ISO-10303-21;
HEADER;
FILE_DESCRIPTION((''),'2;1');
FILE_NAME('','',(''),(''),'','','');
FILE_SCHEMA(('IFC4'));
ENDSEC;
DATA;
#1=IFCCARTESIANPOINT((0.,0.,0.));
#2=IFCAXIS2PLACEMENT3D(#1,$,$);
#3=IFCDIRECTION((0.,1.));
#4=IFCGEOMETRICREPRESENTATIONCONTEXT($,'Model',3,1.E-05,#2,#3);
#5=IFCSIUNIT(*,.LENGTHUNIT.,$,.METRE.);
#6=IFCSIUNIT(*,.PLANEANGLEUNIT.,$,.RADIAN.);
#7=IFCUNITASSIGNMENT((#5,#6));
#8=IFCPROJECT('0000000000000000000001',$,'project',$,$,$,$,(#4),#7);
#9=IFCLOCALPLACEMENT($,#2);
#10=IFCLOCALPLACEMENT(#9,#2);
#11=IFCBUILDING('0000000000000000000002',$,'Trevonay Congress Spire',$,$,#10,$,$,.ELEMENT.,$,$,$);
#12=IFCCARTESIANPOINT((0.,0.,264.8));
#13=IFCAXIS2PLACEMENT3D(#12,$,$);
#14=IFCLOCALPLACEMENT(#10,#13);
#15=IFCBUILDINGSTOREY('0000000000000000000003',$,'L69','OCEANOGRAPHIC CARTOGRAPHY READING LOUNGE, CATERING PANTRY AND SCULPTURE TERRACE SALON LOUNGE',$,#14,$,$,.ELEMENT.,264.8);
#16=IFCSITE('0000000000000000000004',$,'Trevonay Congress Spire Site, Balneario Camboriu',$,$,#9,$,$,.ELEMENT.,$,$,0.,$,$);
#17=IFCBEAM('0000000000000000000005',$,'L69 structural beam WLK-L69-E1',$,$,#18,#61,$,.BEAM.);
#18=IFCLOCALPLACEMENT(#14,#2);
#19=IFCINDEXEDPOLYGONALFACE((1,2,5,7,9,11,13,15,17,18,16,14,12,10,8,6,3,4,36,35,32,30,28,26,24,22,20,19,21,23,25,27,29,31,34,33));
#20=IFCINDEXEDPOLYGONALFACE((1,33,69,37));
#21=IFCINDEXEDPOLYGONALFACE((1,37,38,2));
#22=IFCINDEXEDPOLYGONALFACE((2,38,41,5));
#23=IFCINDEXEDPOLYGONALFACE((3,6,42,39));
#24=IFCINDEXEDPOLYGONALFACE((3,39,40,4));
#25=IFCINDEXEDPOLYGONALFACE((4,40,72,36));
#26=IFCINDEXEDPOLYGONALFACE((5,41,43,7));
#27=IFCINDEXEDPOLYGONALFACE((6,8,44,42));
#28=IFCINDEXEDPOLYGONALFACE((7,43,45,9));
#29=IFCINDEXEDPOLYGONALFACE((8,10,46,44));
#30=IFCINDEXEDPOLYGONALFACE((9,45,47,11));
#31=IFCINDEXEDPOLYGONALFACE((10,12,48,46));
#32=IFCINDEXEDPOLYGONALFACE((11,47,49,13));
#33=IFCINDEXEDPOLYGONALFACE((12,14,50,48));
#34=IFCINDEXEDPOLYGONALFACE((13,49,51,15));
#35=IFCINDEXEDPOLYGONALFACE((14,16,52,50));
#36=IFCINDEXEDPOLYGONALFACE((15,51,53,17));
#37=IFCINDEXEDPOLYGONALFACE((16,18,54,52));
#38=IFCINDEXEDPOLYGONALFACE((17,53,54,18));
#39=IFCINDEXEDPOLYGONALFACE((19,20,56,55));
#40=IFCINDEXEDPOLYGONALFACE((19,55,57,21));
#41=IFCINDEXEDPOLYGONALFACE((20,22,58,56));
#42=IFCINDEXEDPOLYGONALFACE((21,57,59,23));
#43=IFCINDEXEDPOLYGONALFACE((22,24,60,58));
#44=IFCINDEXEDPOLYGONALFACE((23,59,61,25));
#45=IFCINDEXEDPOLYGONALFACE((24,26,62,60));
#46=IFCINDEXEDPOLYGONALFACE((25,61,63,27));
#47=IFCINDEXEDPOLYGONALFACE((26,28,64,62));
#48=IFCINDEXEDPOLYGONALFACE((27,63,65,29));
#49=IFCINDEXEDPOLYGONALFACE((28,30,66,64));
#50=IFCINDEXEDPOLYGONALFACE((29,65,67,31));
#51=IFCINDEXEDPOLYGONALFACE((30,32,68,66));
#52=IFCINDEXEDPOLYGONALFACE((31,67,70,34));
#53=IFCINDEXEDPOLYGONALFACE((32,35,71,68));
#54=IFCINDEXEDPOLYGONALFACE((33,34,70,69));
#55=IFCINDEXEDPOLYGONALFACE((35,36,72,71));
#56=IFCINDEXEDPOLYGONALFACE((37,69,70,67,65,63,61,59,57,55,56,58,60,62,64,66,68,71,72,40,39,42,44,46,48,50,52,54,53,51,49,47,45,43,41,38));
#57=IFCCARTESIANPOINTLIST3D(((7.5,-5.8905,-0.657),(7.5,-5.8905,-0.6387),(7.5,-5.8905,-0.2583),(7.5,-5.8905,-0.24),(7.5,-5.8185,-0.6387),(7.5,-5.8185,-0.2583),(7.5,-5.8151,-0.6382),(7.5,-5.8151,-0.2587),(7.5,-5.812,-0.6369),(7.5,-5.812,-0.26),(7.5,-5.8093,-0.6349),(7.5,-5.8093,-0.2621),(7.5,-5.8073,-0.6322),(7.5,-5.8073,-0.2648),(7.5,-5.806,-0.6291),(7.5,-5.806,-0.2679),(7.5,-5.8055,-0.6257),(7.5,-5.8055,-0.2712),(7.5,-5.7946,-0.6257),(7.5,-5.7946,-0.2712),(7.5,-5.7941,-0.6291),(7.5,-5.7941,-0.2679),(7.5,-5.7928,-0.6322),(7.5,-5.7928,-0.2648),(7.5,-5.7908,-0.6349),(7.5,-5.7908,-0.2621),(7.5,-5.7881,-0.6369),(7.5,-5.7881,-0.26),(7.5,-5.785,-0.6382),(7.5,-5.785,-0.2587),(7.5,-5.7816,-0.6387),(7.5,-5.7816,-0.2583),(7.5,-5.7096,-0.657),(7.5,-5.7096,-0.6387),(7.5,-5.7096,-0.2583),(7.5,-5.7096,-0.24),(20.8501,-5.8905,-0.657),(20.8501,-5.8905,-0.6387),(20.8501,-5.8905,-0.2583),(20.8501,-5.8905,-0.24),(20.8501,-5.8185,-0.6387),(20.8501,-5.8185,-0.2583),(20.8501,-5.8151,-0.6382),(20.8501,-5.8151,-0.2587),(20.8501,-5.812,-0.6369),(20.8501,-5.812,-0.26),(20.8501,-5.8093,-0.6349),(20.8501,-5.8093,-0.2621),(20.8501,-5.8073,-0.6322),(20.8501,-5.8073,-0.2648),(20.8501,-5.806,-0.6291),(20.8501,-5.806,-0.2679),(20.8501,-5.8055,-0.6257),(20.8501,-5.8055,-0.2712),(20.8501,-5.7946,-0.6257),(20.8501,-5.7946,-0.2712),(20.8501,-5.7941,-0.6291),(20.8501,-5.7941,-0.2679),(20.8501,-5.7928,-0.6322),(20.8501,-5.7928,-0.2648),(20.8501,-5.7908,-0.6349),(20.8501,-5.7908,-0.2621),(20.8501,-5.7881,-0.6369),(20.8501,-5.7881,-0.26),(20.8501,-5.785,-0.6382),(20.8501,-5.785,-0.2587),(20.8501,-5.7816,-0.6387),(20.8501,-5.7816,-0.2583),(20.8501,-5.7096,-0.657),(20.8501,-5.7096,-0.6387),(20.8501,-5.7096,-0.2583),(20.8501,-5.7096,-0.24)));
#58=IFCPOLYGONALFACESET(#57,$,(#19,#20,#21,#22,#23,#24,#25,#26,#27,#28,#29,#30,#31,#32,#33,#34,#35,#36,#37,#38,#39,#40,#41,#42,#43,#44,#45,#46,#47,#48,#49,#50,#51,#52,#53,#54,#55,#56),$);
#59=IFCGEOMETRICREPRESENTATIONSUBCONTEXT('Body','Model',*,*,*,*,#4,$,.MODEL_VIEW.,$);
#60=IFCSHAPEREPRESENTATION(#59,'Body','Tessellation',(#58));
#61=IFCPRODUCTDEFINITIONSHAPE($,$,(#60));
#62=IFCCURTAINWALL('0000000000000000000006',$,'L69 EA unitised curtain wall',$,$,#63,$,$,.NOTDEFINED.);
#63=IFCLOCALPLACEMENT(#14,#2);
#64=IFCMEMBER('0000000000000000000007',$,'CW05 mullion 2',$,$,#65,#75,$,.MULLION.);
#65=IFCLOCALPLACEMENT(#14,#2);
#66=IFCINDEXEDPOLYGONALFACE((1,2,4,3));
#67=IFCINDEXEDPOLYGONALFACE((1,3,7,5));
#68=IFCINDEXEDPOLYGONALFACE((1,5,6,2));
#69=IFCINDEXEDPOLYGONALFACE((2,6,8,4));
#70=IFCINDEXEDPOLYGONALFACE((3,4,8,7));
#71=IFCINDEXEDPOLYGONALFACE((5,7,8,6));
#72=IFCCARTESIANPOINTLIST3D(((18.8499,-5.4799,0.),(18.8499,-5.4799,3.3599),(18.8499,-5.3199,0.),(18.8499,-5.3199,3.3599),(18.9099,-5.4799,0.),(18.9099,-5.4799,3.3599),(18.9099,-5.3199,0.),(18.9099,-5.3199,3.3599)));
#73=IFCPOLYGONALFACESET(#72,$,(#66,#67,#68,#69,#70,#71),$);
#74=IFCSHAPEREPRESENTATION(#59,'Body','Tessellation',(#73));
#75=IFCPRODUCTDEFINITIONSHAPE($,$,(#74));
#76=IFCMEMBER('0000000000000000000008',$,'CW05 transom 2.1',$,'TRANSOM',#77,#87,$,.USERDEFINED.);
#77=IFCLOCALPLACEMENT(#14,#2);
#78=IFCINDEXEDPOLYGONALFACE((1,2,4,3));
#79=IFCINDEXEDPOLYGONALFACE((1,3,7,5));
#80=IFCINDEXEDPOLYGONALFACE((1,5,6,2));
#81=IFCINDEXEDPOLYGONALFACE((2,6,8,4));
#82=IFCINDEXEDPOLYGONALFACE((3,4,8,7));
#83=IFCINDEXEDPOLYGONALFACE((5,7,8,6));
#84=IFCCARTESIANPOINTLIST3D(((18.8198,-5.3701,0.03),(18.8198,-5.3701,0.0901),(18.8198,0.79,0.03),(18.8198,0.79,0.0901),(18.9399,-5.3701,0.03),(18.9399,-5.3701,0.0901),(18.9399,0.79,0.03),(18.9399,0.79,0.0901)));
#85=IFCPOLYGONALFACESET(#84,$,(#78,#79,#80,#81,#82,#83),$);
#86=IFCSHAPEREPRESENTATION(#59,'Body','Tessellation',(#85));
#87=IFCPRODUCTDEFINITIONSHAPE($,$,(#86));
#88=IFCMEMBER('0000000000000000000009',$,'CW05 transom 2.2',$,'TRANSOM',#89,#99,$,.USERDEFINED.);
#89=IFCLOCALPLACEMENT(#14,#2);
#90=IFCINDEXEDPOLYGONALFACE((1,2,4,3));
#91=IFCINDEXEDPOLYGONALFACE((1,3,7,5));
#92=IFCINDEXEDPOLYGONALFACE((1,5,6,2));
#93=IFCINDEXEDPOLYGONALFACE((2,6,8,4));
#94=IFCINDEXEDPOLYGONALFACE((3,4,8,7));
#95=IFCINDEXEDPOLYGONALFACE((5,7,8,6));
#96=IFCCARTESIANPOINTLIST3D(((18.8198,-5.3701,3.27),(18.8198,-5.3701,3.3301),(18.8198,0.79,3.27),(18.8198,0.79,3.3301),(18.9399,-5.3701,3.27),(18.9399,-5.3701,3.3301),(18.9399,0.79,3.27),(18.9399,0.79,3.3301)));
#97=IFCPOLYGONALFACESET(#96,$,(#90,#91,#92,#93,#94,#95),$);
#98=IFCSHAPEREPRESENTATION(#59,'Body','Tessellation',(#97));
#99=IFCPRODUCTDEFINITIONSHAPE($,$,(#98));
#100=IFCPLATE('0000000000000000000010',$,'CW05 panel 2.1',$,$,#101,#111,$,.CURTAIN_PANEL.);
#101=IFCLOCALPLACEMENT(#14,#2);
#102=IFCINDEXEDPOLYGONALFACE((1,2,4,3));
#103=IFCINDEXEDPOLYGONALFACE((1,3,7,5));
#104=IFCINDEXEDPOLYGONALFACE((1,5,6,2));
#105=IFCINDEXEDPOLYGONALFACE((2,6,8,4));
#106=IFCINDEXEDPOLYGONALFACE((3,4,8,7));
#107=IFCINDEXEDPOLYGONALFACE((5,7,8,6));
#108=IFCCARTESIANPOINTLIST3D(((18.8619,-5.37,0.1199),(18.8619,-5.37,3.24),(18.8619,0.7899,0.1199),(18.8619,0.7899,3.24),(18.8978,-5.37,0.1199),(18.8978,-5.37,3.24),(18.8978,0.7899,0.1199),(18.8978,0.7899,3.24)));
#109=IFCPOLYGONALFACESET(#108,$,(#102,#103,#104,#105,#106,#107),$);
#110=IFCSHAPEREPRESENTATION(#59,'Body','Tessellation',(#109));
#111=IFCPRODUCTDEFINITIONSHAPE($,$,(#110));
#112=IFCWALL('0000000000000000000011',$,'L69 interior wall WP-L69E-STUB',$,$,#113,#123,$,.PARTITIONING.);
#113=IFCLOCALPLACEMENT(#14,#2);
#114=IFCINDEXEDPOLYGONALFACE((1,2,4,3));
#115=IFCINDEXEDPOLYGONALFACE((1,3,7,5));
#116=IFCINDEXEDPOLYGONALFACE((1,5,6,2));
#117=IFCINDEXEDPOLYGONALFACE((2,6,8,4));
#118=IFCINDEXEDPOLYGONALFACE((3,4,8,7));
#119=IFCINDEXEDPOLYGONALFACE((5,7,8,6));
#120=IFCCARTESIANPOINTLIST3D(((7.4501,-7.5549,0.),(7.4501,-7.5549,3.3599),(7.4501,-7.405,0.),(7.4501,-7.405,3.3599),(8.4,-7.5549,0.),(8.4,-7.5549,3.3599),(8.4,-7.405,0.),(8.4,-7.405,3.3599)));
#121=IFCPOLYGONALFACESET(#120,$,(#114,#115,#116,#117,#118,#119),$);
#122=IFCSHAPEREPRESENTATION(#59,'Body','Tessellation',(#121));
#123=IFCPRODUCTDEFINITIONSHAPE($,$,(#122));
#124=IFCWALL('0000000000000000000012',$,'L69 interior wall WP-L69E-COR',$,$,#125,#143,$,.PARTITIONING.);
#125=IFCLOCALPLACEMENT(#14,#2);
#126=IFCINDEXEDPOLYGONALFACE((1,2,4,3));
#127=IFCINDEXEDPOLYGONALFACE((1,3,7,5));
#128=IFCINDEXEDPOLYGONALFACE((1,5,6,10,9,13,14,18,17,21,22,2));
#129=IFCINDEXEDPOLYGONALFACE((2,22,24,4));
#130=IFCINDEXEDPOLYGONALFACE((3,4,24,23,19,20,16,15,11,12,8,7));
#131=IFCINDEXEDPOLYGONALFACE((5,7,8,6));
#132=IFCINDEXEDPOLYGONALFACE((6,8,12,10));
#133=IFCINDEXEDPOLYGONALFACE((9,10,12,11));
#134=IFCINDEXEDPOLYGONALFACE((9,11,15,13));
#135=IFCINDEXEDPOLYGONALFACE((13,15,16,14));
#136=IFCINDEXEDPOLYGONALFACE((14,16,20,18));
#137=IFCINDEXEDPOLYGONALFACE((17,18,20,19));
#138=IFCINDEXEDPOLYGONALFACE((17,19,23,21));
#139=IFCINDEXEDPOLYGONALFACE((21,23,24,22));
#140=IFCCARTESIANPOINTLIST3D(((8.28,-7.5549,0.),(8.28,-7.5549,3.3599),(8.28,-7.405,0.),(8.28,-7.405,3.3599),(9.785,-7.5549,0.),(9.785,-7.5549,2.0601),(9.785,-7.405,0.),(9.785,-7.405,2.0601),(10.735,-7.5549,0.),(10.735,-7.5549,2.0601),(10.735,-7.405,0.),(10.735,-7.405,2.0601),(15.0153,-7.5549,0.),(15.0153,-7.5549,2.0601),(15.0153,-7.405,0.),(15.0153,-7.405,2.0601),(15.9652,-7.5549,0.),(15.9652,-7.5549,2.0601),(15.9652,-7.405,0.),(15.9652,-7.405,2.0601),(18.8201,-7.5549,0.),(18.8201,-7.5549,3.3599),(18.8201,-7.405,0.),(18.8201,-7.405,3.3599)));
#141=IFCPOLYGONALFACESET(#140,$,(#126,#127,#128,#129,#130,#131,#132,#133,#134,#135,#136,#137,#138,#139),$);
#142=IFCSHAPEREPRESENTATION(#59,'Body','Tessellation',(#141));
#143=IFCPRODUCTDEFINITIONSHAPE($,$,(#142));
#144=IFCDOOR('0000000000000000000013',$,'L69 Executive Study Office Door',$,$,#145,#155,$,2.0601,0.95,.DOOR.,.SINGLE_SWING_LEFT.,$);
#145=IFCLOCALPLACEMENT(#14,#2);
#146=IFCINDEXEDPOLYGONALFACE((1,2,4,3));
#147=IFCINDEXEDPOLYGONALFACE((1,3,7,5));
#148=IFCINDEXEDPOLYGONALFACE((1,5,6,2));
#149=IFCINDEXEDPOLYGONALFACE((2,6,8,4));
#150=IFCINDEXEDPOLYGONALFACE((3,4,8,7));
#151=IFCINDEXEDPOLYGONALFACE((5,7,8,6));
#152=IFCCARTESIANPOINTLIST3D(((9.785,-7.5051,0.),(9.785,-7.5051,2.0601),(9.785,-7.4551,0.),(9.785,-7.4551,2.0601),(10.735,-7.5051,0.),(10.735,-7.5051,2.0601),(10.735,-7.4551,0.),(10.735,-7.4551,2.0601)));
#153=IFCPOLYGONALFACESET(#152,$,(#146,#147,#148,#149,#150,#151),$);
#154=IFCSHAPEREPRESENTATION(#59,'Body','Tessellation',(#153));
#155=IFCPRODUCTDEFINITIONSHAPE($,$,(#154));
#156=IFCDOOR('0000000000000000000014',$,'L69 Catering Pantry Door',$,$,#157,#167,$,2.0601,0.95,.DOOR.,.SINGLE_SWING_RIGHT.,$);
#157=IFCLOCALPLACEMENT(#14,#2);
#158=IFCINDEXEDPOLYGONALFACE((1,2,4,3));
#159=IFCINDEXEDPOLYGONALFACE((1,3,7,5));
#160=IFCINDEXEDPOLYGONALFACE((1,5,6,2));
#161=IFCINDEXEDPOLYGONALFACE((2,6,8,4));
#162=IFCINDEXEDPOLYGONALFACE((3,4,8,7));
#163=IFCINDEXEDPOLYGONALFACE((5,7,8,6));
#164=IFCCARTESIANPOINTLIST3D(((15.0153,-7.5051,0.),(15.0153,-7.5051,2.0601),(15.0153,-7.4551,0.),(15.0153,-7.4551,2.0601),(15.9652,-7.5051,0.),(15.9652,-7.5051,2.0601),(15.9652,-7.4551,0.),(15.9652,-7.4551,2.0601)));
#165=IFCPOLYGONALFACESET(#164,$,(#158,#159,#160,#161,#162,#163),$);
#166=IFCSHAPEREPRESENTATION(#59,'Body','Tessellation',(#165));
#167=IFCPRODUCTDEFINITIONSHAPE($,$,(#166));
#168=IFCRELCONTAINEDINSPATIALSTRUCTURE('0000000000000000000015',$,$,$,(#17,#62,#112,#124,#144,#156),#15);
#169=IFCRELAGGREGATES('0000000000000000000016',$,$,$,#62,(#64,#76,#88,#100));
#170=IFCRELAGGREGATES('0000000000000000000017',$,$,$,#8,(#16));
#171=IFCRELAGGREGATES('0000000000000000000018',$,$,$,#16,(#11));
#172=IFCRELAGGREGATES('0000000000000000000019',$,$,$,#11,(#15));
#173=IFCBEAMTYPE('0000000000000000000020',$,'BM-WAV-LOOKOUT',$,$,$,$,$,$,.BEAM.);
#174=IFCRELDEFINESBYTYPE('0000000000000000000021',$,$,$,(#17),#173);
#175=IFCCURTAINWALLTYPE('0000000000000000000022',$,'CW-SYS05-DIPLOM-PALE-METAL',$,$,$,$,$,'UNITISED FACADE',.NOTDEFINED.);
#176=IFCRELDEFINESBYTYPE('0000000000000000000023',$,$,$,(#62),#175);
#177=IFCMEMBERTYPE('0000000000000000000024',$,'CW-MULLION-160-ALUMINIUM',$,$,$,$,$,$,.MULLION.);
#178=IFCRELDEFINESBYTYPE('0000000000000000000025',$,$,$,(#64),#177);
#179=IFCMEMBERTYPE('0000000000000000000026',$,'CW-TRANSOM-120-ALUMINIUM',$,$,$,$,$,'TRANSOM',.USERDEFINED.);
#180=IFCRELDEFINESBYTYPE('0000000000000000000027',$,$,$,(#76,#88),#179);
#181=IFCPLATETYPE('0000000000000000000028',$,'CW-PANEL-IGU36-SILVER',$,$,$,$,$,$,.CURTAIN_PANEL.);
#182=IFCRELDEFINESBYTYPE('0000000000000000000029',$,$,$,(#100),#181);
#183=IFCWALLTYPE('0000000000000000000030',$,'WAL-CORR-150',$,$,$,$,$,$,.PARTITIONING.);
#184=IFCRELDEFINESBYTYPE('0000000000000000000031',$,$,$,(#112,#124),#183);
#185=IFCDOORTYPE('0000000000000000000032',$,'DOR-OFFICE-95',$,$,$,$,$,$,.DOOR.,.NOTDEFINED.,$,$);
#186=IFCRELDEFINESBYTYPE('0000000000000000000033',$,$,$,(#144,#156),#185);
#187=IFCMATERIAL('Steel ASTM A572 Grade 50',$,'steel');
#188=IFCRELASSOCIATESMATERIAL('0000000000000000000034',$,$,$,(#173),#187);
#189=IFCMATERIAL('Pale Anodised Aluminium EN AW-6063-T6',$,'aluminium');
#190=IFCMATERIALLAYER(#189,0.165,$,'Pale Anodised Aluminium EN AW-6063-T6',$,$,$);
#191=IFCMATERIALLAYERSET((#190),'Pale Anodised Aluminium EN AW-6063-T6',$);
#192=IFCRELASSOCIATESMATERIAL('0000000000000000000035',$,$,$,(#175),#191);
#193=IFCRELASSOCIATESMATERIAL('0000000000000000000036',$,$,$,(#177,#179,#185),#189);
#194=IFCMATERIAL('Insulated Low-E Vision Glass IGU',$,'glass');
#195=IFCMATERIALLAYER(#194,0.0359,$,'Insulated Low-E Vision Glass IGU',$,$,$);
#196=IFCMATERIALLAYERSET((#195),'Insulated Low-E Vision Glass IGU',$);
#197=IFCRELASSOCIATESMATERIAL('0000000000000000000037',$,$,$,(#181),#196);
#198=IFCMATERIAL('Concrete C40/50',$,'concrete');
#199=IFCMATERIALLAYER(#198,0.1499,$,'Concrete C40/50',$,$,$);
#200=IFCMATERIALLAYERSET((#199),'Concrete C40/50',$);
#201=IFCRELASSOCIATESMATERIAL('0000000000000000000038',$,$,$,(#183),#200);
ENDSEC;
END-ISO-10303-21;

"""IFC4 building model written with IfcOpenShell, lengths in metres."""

from ifc_helpers import new_model, si_unit, direction, frame, frame_2d, origin, origin_2d, place, context, subcontext, project, spatial, rectangle, i_section, extrude, material, layer, layer_set, material_profile, profile_set, type_object, element, fill, aggregate, save


model = new_model("IFC4")

# Units and contexts
model_context = context("Model", 3, precision=1e-05, world=origin(), true_north=direction((0.0, 1.0)))
body_context = subcontext(model_context, "Body", "Model", "MODEL_VIEW")
ifc_project = project(units=[si_unit("LENGTHUNIT", "METRE"), si_unit("PLANEANGLEUNIT", "RADIAN")], contexts=[model_context])

# Site, building, storey
site_placement = place(None, origin())
site = spatial("IfcSite", under=ifc_project, at=site_placement, Name="Trevonay Congress Spire Site, Balneario Camboriu", CompositionType="ELEMENT", RefElevation=0.0)
building_placement = place(site_placement, origin())
building = spatial("IfcBuilding", under=site, at=building_placement, Name="Trevonay Congress Spire", CompositionType="ELEMENT")
storey_placement = place(building_placement, frame((0.0, 0.0, 264.8)))
storey = spatial("IfcBuildingStorey", under=building, at=storey_placement, Name="L69", Description="OCEANOGRAPHIC CARTOGRAPHY READING LOUNGE, CATERING PANTRY AND SCULPTURE TERRACE SALON LOUNGE", CompositionType="ELEMENT", Elevation=264.8)

# Shared definitions
ifc_material_1 = material(Name="Steel ASTM A572 Grade 50", Category="steel")

# Beam
ifc_material_profile_1 = material_profile(ifc_material_1, i_section(OverallWidth=0.1809, OverallDepth=0.417, WebThickness=0.011, FlangeThickness=0.0183, FilletRadius=0.0129, at=origin_2d()), Name="W410x85")
ifc_profile_set_1 = profile_set([ifc_material_profile_1], Name="Steel ASTM A572 Grade 50")
beam_type_1 = type_object("IfcBeamType", Name="BM-WAV-LOOKOUT", PredefinedType="BEAM", material=ifc_profile_set_1)
beam_1_placement = place(storey_placement, frame((7.5, -5.8, -0.4485), z_axis=(1.0, 0.0, 0.0), x_axis=(0.0, 1.0, 0.0)))
element("IfcBeam", 1, at=beam_1_placement, inside=storey, type_object=beam_type_1, Name="L69 structural beam WLK-L69-E1", PredefinedType="BEAM", context=body_context, shape_type="SweptSolid", body=[
    extrude(i_section(OverallWidth=0.1809, OverallDepth=0.417, WebThickness=0.011, FlangeThickness=0.0183, FilletRadius=0.0129, at=origin_2d()), origin(), (0.0, 0.0, 1.0), 13.3501),
])

# Curtain wall, members, plate
ifc_material_2 = material(Name="Pale Anodised Aluminium EN AW-6063-T6", Category="aluminium")
ifc_layer_1 = layer(ifc_material_2, 0.165, Name="Pale Anodised Aluminium EN AW-6063-T6")
ifc_layer_set_1 = layer_set([ifc_layer_1], Name="Pale Anodised Aluminium EN AW-6063-T6")
curtain_wall_type = type_object("IfcCurtainWallType", Name="CW-SYS05-DIPLOM-PALE-METAL", ElementType="UNITISED FACADE", PredefinedType="NOTDEFINED", material=ifc_layer_set_1)
curtain_wall_placement = place(storey_placement, origin())
curtain_wall = element("IfcCurtainWall", 2, at=curtain_wall_placement, inside=storey, type_object=curtain_wall_type, Name="L69 EA unitised curtain wall", PredefinedType="NOTDEFINED")
ifc_material_profile_2 = material_profile(ifc_material_2, rectangle(XDim=0.0601, YDim=0.1599, at=origin_2d()), Name="CW-MULLION-160-ALUMINIUM")
ifc_profile_set_2 = profile_set([ifc_material_profile_2], Name="Pale Anodised Aluminium EN AW-6063-T6")
member_type_1 = type_object("IfcMemberType", Name="CW-MULLION-160-ALUMINIUM", PredefinedType="MULLION", material=ifc_profile_set_2)
member_1_placement = place(storey_placement, frame((18.8799, -5.3999, 0.0), z_axis=(0.0, 0.0, 1.0), x_axis=(-1.0, 0.0, 0.0)))
member_1 = element("IfcMember", 3, at=member_1_placement, type_object=member_type_1, Name="CW05 mullion 2", PredefinedType="MULLION", context=body_context, shape_type="SweptSolid", body=[
    extrude(rectangle(XDim=0.0601, YDim=0.1599, at=origin_2d()), origin(), (0.0, 0.0, 1.0), 3.3599),
])
ifc_material_profile_3 = material_profile(ifc_material_2, rectangle(XDim=0.1201, YDim=0.0601, at=origin_2d()), Name="CW-TRANSOM-120-ALUMINIUM")
ifc_profile_set_3 = profile_set([ifc_material_profile_3], Name="Pale Anodised Aluminium EN AW-6063-T6")
member_type_2 = type_object("IfcMemberType", Name="CW-TRANSOM-120-ALUMINIUM", ElementType="TRANSOM", PredefinedType="USERDEFINED", material=ifc_profile_set_3)
member_2_placement = place(storey_placement, frame((18.8799, -5.3701, 0.0601), z_axis=(0.0, 1.0, 0.0), x_axis=(-1.0, 0.0, 0.0)))
member_2 = element("IfcMember", 4, at=member_2_placement, type_object=member_type_2, Name="CW05 transom 2.1", ObjectType="TRANSOM", PredefinedType="USERDEFINED", context=body_context, shape_type="SweptSolid", body=[
    extrude(rectangle(XDim=0.1201, YDim=0.0601, at=origin_2d()), origin(), (0.0, 0.0, 1.0), 6.1602),
])
member_3_placement = place(storey_placement, frame((18.8799, -5.3701, 3.3), z_axis=(0.0, 1.0, 0.0), x_axis=(-1.0, 0.0, 0.0)))
member_3 = element("IfcMember", 5, at=member_3_placement, type_object=member_type_2, Name="CW05 transom 2.2", ObjectType="TRANSOM", PredefinedType="USERDEFINED", context=body_context, shape_type="SweptSolid", body=[
    extrude(rectangle(XDim=0.1201, YDim=0.0601, at=origin_2d()), origin(), (0.0, 0.0, 1.0), 6.1602),
])
ifc_material_3 = material(Name="Insulated Low-E Vision Glass IGU", Category="glass")
ifc_layer_2 = layer(ifc_material_3, 0.0359, Name="Insulated Low-E Vision Glass IGU")
ifc_layer_set_2 = layer_set([ifc_layer_2], Name="Insulated Low-E Vision Glass IGU")
plate_type = type_object("IfcPlateType", Name="CW-PANEL-IGU36-SILVER", PredefinedType="CURTAIN_PANEL", material=ifc_layer_set_2)
plate_placement = place(storey_placement, frame((18.8799, -2.29, 0.1199), z_axis=(0.0, 0.0, 1.0), x_axis=(0.0, 1.0, 0.0)))
plate = element("IfcPlate", 6, at=plate_placement, type_object=plate_type, Name="CW05 panel 2.1", PredefinedType="CURTAIN_PANEL", context=body_context, shape_type="SweptSolid", body=[
    extrude(rectangle(XDim=6.1599, YDim=0.0359, at=origin_2d()), origin(), (0.0, 0.0, 1.0), 3.1201),
])
aggregate(curtain_wall, [member_1, member_2, member_3, plate])

# Wall
ifc_material_4 = material(Name="Concrete C40/50", Category="concrete")
ifc_layer_3 = layer(ifc_material_4, 0.1499, Name="Concrete C40/50")
ifc_layer_set_3 = layer_set([ifc_layer_3], Name="Concrete C40/50")
wall_type_1 = type_object("IfcWallType", Name="WAL-CORR-150", PredefinedType="PARTITIONING", material=ifc_layer_set_3)
wall_1_placement = place(storey_placement, frame((7.45, -7.48, 0.0), z_axis=(0.0, 0.0, 1.0), x_axis=(1.0, 0.0, 0.0)))
element("IfcWall", 7, at=wall_1_placement, inside=storey, type_object=wall_type_1, Name="L69 interior wall WP-L69E-STUB", PredefinedType="PARTITIONING", context=body_context, shape_type="SweptSolid", body=[
    extrude(rectangle(XDim=0.95, YDim=0.1499, at=frame_2d((0.4751, 0.0))), origin(), (0.0, 0.0, 1.0), 3.3599),
])

# Wall, openings, doors
wall_2_placement = place(storey_placement, frame((8.28, -7.48, 0.0), z_axis=(0.0, 0.0, 1.0), x_axis=(1.0, 0.0, 0.0)))
wall_2 = element("IfcWall", 8, at=wall_2_placement, inside=storey, type_object=wall_type_1, Name="L69 interior wall WP-L69E-COR", PredefinedType="PARTITIONING", context=body_context, shape_type="SweptSolid", body=[
    extrude(rectangle(XDim=10.54, YDim=0.1499, at=frame_2d((5.27, 0.0))), origin(), (0.0, 0.0, 1.0), 3.3599),
])
opening_1_placement = place(wall_2_placement, frame((1.5049, 0.0, 0.0)))
opening_1 = element("IfcOpeningElement", 9, at=opening_1_placement, cuts=wall_2, PredefinedType="OPENING", context=body_context, shape_type="SweptSolid", body=[
    extrude(rectangle(XDim=0.95, YDim=2.0601, at=frame_2d((0.4751, 1.03))), frame((0.0, 0.085, 0.0), z_axis=(0.0, -1.0, 0.0), x_axis=(1.0, 0.0, 0.0)), (0.0, 0.0, 1.0), 0.1699),
])
opening_2_placement = place(wall_2_placement, frame((6.7351, 0.0, 0.0)))
opening_2 = element("IfcOpeningElement", 10, at=opening_2_placement, cuts=wall_2, PredefinedType="OPENING", context=body_context, shape_type="SweptSolid", body=[
    extrude(rectangle(XDim=0.95, YDim=2.0601, at=frame_2d((0.4751, 1.03))), frame((0.0, 0.085, 0.0), z_axis=(0.0, -1.0, 0.0), x_axis=(1.0, 0.0, 0.0)), (0.0, 0.0, 1.0), 0.1699),
])
door_type = type_object("IfcDoorType", Name="DOR-OFFICE-95", OperationType="NOTDEFINED", PredefinedType="DOOR", material=ifc_material_2)
door_1_placement = place(opening_1_placement, origin())
door_1 = element("IfcDoor", 11, at=door_1_placement, inside=storey, type_object=door_type, Name="L69 Executive Study Office Door", OperationType="SINGLE_SWING_LEFT", OverallHeight=2.0601, OverallWidth=0.95, PredefinedType="DOOR", context=body_context, shape_type="SweptSolid", body=[
    extrude(rectangle(XDim=0.95, YDim=2.0601, at=frame_2d((0.4751, 1.03))), frame((0.0, 0.0249, 0.0), z_axis=(0.0, -1.0, 0.0), x_axis=(1.0, 0.0, 0.0)), (0.0, 0.0, 1.0), 0.05),
])
fill(opening_1, door_1)
door_2_placement = place(opening_2_placement, origin())
door_2 = element("IfcDoor", 12, at=door_2_placement, inside=storey, type_object=door_type, Name="L69 Catering Pantry Door", OperationType="SINGLE_SWING_RIGHT", OverallHeight=2.0601, OverallWidth=0.95, PredefinedType="DOOR", context=body_context, shape_type="SweptSolid", body=[
    extrude(rectangle(XDim=0.95, YDim=2.0601, at=frame_2d((0.4751, 1.03))), frame((0.0, 0.0249, 0.0), z_axis=(0.0, -1.0, 0.0), x_axis=(1.0, 0.0, 0.0)), (0.0, 0.0, 1.0), 0.05),
])
fill(opening_2, door_2)

save(model, "model.ifc")
